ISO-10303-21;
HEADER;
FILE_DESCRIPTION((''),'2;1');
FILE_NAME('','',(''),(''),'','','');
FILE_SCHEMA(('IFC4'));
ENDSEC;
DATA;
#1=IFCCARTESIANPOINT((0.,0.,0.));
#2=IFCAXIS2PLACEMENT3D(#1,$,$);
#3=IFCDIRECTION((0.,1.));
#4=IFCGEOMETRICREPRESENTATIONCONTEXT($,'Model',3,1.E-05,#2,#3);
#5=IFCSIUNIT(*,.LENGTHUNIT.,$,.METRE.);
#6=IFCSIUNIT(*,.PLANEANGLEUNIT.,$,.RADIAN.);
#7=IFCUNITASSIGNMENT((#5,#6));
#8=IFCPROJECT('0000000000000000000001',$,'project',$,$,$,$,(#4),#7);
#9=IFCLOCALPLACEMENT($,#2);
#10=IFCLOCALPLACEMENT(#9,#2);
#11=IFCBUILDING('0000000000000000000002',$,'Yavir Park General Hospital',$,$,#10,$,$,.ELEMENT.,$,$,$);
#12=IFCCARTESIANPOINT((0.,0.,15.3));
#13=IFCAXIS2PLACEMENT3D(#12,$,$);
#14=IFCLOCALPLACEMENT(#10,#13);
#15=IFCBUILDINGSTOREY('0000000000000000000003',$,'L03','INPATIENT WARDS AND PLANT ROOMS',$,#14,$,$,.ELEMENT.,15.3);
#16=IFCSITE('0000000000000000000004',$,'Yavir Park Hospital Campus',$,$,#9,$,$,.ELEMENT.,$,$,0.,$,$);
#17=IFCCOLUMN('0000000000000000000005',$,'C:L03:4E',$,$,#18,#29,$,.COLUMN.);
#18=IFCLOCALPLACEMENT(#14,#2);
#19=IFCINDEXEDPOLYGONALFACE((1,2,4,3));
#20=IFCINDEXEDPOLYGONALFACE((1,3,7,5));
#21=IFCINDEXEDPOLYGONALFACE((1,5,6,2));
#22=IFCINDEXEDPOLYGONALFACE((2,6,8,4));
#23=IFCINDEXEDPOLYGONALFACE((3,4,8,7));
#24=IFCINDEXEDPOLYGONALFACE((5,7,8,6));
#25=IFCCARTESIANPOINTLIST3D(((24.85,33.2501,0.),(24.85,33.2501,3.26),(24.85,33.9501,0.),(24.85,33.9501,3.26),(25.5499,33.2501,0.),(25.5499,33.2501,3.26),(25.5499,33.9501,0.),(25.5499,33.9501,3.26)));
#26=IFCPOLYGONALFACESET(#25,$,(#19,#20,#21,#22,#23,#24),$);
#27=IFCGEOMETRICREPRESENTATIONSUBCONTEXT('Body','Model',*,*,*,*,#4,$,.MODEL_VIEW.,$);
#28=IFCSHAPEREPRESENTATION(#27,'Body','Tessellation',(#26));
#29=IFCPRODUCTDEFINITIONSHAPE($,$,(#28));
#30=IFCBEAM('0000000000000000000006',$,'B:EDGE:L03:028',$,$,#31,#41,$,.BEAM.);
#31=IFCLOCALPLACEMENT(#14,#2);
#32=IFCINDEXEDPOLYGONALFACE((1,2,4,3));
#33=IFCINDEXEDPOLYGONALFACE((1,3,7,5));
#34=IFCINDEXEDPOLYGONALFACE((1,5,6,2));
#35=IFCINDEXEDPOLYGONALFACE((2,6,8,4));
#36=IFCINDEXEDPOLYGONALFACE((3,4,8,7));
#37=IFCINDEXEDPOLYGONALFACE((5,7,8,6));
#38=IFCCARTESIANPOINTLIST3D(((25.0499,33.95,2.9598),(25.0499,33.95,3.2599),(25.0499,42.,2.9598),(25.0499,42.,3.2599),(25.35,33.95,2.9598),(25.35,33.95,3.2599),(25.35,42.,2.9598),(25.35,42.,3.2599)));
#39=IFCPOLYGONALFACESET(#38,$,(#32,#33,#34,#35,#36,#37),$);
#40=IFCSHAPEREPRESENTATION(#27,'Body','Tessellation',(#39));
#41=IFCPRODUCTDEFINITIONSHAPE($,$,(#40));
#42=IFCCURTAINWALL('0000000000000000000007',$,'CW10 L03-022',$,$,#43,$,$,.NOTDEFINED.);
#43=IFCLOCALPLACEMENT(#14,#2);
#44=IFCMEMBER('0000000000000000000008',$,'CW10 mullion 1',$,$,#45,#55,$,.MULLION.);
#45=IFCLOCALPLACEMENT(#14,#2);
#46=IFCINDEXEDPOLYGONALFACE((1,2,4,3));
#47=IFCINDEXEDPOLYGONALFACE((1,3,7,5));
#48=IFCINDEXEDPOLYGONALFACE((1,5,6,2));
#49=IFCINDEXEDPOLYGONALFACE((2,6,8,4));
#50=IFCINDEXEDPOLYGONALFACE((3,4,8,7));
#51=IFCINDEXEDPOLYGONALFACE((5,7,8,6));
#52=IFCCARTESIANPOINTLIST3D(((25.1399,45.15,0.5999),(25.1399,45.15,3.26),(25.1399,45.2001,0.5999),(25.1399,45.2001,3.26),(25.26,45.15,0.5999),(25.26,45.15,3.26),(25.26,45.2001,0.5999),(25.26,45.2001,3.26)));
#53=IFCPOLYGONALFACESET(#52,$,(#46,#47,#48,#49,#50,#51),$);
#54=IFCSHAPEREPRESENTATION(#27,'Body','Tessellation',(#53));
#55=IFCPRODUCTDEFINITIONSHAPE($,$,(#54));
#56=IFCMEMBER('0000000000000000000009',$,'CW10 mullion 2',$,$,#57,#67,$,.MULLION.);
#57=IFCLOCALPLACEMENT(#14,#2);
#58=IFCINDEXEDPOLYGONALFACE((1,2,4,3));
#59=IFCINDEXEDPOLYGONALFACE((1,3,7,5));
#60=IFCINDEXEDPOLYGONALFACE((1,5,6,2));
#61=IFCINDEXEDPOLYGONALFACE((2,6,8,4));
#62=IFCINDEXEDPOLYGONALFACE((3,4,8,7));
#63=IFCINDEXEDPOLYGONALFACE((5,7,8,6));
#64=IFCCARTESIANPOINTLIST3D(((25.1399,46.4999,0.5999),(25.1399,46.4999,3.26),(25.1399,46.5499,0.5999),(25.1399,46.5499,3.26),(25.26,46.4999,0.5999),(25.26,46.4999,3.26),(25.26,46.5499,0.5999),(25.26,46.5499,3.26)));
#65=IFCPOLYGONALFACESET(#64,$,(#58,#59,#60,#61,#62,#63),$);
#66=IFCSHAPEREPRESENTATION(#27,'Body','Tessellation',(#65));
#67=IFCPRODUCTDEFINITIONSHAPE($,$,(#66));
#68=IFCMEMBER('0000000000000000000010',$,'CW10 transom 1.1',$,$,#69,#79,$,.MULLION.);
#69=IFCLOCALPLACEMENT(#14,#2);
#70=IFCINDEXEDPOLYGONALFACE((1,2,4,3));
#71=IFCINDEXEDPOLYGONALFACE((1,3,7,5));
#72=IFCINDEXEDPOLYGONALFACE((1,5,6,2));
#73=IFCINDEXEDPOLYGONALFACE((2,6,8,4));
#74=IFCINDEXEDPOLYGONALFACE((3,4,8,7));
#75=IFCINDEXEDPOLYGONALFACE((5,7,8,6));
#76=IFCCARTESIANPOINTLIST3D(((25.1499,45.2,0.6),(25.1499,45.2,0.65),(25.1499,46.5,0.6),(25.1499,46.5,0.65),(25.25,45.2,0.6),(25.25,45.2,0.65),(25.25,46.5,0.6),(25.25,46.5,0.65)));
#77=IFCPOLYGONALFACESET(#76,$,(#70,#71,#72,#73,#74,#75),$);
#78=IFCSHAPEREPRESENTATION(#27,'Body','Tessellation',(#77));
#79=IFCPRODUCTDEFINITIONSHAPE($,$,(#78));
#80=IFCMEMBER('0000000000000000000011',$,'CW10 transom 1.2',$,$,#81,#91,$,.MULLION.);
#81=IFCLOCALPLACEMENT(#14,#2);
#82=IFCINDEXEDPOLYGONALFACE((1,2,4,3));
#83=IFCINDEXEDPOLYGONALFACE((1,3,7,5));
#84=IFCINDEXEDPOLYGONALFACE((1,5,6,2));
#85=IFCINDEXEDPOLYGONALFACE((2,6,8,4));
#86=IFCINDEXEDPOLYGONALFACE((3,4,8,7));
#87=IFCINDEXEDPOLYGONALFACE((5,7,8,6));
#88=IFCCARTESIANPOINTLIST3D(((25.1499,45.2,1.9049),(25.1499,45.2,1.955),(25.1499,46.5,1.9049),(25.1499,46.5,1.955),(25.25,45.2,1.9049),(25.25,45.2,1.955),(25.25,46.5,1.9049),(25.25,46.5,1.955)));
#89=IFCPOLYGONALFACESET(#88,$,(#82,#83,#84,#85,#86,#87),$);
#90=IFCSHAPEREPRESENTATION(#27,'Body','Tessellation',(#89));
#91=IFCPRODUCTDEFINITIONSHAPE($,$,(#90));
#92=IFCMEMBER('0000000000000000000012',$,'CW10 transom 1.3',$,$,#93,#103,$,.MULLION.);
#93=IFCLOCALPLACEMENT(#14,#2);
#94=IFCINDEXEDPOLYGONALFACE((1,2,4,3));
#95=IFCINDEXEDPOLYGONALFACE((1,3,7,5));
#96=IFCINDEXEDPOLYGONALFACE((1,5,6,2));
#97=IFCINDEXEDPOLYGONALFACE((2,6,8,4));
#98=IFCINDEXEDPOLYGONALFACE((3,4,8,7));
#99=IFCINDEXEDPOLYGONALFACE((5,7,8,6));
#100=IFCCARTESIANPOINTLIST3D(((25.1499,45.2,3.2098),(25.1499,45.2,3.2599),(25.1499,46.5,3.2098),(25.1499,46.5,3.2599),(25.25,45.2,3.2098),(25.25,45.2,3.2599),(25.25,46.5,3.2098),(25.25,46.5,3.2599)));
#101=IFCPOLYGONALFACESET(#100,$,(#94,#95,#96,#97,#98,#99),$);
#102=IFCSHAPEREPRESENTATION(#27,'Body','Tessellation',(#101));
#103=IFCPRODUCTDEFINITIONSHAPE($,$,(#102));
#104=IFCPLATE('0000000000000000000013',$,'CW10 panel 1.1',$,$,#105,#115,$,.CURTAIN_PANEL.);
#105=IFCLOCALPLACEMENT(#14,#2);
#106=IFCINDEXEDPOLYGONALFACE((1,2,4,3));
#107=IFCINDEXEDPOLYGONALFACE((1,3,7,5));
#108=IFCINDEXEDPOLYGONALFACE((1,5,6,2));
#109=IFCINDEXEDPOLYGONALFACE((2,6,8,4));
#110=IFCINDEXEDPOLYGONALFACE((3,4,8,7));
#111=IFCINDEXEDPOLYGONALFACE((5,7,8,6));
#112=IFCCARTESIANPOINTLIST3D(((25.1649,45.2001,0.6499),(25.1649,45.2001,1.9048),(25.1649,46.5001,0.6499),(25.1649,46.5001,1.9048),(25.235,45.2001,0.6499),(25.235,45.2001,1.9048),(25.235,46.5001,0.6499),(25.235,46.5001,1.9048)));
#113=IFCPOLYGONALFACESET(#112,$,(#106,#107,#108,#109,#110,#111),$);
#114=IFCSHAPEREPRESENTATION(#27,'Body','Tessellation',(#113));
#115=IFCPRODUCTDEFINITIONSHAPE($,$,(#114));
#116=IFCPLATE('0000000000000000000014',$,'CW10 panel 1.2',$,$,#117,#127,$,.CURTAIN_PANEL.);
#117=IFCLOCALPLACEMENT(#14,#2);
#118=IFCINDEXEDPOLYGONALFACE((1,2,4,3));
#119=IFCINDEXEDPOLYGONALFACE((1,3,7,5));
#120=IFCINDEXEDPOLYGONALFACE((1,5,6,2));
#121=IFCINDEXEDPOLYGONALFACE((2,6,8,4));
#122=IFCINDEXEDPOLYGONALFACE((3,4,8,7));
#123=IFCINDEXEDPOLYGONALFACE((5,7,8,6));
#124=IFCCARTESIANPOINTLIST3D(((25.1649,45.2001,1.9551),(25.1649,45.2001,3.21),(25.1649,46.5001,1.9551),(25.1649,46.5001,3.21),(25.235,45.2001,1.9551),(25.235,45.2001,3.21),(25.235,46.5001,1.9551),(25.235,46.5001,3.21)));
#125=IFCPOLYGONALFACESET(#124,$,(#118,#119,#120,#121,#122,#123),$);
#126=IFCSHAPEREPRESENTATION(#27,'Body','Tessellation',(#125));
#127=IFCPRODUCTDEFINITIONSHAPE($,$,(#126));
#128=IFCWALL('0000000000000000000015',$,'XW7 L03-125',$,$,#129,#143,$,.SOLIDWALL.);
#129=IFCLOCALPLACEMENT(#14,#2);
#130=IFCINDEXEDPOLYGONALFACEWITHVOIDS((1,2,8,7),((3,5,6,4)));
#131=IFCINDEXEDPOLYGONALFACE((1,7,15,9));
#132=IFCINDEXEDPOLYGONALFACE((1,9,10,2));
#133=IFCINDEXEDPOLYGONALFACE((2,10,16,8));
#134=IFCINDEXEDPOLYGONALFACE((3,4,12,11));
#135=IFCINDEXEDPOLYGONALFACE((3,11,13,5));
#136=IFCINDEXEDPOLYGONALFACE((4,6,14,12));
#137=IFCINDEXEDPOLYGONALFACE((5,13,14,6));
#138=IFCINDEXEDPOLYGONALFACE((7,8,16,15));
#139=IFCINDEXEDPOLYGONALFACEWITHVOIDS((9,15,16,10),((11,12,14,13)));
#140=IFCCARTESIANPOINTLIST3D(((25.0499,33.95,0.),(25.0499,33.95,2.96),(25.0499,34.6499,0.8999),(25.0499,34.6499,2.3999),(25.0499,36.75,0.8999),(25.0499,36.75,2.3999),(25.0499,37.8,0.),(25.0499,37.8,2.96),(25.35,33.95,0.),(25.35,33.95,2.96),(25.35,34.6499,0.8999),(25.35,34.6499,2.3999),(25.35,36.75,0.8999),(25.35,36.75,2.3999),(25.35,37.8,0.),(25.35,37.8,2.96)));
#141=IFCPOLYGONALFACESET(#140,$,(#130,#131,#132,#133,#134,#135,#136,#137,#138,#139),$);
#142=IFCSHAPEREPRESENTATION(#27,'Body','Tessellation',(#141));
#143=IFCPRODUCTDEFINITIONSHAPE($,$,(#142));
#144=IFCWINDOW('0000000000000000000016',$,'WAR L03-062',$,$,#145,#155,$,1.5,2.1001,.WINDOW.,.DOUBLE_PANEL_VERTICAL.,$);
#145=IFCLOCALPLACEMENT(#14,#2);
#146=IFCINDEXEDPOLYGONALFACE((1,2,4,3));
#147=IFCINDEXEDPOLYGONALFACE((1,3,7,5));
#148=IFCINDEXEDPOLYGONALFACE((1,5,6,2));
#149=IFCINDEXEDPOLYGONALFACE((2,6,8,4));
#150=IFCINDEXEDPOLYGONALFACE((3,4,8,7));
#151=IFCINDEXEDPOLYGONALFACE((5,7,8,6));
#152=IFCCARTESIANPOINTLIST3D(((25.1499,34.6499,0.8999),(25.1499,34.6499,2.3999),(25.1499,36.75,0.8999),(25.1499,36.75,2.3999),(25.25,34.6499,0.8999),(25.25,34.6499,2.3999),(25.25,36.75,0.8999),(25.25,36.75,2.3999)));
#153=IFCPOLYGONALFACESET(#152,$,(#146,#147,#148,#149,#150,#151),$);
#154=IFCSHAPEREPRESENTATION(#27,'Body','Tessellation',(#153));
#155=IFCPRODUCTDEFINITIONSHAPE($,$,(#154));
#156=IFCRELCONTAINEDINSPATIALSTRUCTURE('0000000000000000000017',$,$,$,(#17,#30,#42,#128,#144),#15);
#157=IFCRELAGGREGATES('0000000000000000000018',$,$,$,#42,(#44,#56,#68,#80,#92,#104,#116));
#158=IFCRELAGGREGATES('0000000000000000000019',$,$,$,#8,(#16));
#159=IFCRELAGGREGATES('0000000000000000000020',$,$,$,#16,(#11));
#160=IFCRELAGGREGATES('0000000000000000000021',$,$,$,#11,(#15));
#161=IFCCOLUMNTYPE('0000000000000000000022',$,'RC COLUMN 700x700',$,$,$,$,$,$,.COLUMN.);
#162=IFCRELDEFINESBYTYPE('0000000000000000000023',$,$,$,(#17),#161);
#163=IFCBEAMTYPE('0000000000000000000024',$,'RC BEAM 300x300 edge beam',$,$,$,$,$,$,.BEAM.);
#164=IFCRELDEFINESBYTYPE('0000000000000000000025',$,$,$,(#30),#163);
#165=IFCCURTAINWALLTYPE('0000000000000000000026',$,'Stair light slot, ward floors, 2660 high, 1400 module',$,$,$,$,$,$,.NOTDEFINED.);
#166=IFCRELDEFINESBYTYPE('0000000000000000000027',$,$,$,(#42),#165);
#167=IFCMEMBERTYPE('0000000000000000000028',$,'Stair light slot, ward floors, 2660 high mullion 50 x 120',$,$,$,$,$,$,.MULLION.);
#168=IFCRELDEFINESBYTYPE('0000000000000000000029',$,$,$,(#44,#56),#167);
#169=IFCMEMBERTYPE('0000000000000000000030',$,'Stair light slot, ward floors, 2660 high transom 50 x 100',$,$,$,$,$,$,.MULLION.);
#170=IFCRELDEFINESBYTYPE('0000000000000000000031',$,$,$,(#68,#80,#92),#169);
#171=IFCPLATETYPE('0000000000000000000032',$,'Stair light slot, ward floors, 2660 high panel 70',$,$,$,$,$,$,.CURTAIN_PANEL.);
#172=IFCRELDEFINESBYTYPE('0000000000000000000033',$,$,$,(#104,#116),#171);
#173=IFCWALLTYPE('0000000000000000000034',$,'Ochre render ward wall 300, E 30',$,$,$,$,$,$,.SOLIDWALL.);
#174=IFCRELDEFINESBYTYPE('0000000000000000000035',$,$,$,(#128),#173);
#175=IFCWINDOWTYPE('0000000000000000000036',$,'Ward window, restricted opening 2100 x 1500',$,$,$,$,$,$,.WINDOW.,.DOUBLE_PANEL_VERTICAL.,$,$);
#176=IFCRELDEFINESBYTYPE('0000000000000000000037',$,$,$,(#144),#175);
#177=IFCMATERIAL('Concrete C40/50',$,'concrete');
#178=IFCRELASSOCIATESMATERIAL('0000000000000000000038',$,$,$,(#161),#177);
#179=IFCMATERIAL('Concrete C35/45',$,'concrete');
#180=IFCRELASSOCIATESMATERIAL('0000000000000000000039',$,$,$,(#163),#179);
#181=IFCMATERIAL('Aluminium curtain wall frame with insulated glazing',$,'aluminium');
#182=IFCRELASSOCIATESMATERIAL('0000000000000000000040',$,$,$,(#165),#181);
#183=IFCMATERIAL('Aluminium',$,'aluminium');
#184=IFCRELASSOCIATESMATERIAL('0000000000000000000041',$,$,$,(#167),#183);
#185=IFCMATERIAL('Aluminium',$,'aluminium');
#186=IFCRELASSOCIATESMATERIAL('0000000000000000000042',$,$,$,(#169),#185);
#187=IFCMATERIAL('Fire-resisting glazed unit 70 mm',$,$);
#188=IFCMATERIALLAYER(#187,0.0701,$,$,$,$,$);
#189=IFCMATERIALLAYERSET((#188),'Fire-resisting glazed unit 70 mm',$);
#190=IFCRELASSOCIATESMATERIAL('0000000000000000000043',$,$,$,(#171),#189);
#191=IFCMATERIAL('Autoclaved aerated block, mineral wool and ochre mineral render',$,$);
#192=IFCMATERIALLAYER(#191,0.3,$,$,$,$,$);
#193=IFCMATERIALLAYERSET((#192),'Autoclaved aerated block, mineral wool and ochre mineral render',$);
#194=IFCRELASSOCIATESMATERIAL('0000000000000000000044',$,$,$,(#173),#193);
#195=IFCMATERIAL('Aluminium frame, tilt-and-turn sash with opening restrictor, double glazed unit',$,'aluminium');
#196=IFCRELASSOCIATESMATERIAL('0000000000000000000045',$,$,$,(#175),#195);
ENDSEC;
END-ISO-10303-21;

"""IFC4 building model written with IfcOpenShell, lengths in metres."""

from ifc_helpers import new_model, si_unit, direction, frame, frame_2d, origin, origin_2d, place, context, subcontext, project, spatial, rectangle, extrude, material, layer, layer_set, material_profile, profile_set, type_object, element, fill, aggregate, save


model = new_model("IFC4")

# Units and contexts
model_context = context("Model", 3, precision=1e-05, world=origin(), true_north=direction((0.0, 1.0)))
body_context = subcontext(model_context, "Body", "Model", "MODEL_VIEW")
ifc_project = project(units=[si_unit("LENGTHUNIT", "METRE"), si_unit("PLANEANGLEUNIT", "RADIAN")], contexts=[model_context])

# Site, building, storey
site_placement = place(None, origin())
site = spatial("IfcSite", under=ifc_project, at=site_placement, Name="Yavir Park Hospital Campus", CompositionType="ELEMENT", RefElevation=0.0)
building_placement = place(site_placement, origin())
building = spatial("IfcBuilding", under=site, at=building_placement, Name="Yavir Park General Hospital", CompositionType="ELEMENT")
storey_placement = place(building_placement, frame((0.0, 0.0, 15.3)))
storey = spatial("IfcBuildingStorey", under=building, at=storey_placement, Name="L03", Description="INPATIENT WARDS AND PLANT ROOMS", CompositionType="ELEMENT", Elevation=15.3)

# Column
ifc_material_1 = material(Name="Concrete C40/50", Category="concrete")
ifc_material_profile_1 = material_profile(ifc_material_1, rectangle(XDim=0.7, YDim=0.7, at=origin_2d()), Name="RC700x700")
ifc_profile_set_1 = profile_set([ifc_material_profile_1], Name="Concrete C40/50")
column_type = type_object("IfcColumnType", Name="RC COLUMN 700x700", PredefinedType="COLUMN", material=ifc_profile_set_1)
column_placement = place(storey_placement, frame((25.2, 33.6001, 0.0), z_axis=(0.0, 0.0, 1.0), x_axis=(1.0, 0.0, 0.0)))
element("IfcColumn", 1, at=column_placement, inside=storey, type_object=column_type, Name="C:L03:4E", PredefinedType="COLUMN", context=body_context, shape_type="SweptSolid", body=[
    extrude(rectangle(XDim=0.7, YDim=0.7, at=origin_2d()), origin(), (0.0, 0.0, 1.0), 3.26),
])

# Beam
ifc_material_2 = material(Name="Concrete C35/45", Category="concrete")
ifc_material_profile_2 = material_profile(ifc_material_2, rectangle(XDim=0.3, YDim=0.3, at=origin_2d()), Name="RC300x300")
ifc_profile_set_2 = profile_set([ifc_material_profile_2], Name="Concrete C35/45")
beam_type = type_object("IfcBeamType", Name="RC BEAM 300x300 edge beam", PredefinedType="BEAM", material=ifc_profile_set_2)
beam_placement = place(storey_placement, frame((25.2, 33.95, 3.1099), z_axis=(0.0, 1.0, 0.0), x_axis=(-1.0, 0.0, 0.0)))
element("IfcBeam", 2, at=beam_placement, inside=storey, type_object=beam_type, Name="B:EDGE:L03:028", PredefinedType="BEAM", context=body_context, shape_type="SweptSolid", body=[
    extrude(rectangle(XDim=0.3, YDim=0.3, at=origin_2d()), origin(), (0.0, 0.0, 1.0), 8.05),
])

# Curtain wall, members, plates
ifc_material_3 = material(Name="Aluminium curtain wall frame with insulated glazing", Category="aluminium")
curtain_wall_type = type_object("IfcCurtainWallType", Name="Stair light slot, ward floors, 2660 high, 1400 module", PredefinedType="NOTDEFINED", material=ifc_material_3)
curtain_wall_placement = place(storey_placement, origin())
curtain_wall = element("IfcCurtainWall", 3, at=curtain_wall_placement, inside=storey, type_object=curtain_wall_type, Name="CW10 L03-022", PredefinedType="NOTDEFINED")
ifc_material_4 = material(Name="Aluminium", Category="aluminium")
ifc_material_profile_3 = material_profile(ifc_material_4, rectangle(XDim=0.1201, YDim=0.05, at=origin_2d()), Name="AL 50x120")
ifc_profile_set_3 = profile_set([ifc_material_profile_3], Name="Aluminium")
member_type_1 = type_object("IfcMemberType", Name="Stair light slot, ward floors, 2660 high mullion 50 x 120", PredefinedType="MULLION", material=ifc_profile_set_3)
member_1_placement = place(storey_placement, frame((25.2, 45.175, 0.5999), z_axis=(0.0, 0.0, 1.0), x_axis=(-1.0, 0.0, 0.0)))
member_1 = element("IfcMember", 4, at=member_1_placement, type_object=member_type_1, Name="CW10 mullion 1", PredefinedType="MULLION", context=body_context, shape_type="SweptSolid", body=[
    extrude(rectangle(XDim=0.1201, YDim=0.05, at=origin_2d()), origin(), (0.0, 0.0, 1.0), 2.6602),
])
member_2_placement = place(storey_placement, frame((25.2, 46.5249, 0.5999), z_axis=(0.0, 0.0, 1.0), x_axis=(-1.0, 0.0, 0.0)))
member_2 = element("IfcMember", 5, at=member_2_placement, type_object=member_type_1, Name="CW10 mullion 2", PredefinedType="MULLION", context=body_context, shape_type="SweptSolid", body=[
    extrude(rectangle(XDim=0.1201, YDim=0.05, at=origin_2d()), origin(), (0.0, 0.0, 1.0), 2.6602),
])
ifc_material_5 = material(Name="Aluminium", Category="aluminium")
ifc_material_profile_4 = material_profile(ifc_material_5, rectangle(XDim=0.1001, YDim=0.05, at=origin_2d()), Name="AL 100x50")
ifc_profile_set_4 = profile_set([ifc_material_profile_4], Name="Aluminium")
member_type_2 = type_object("IfcMemberType", Name="Stair light slot, ward floors, 2660 high transom 50 x 100", PredefinedType="MULLION", material=ifc_profile_set_4)
member_3_placement = place(storey_placement, frame((25.2, 45.2, 0.625), z_axis=(0.0, 1.0, 0.0), x_axis=(-1.0, 0.0, 0.0)))
member_3 = element("IfcMember", 6, at=member_3_placement, type_object=member_type_2, Name="CW10 transom 1.1", PredefinedType="MULLION", context=body_context, shape_type="SweptSolid", body=[
    extrude(rectangle(XDim=0.1001, YDim=0.05, at=origin_2d()), origin(), (0.0, 0.0, 1.0), 1.3),
])
member_4_placement = place(storey_placement, frame((25.2, 45.2, 1.9299), z_axis=(0.0, 1.0, 0.0), x_axis=(-1.0, 0.0, 0.0)))
member_4 = element("IfcMember", 7, at=member_4_placement, type_object=member_type_2, Name="CW10 transom 1.2", PredefinedType="MULLION", context=body_context, shape_type="SweptSolid", body=[
    extrude(rectangle(XDim=0.1001, YDim=0.05, at=origin_2d()), origin(), (0.0, 0.0, 1.0), 1.3),
])
member_5_placement = place(storey_placement, frame((25.2, 45.2, 3.2349), z_axis=(0.0, 1.0, 0.0), x_axis=(-1.0, 0.0, 0.0)))
member_5 = element("IfcMember", 8, at=member_5_placement, type_object=member_type_2, Name="CW10 transom 1.3", PredefinedType="MULLION", context=body_context, shape_type="SweptSolid", body=[
    extrude(rectangle(XDim=0.1001, YDim=0.05, at=origin_2d()), origin(), (0.0, 0.0, 1.0), 1.3),
])
ifc_material_6 = material(Name="Fire-resisting glazed unit 70 mm")
ifc_layer_1 = layer(ifc_material_6, 0.0701)
ifc_layer_set_1 = layer_set([ifc_layer_1], Name="Fire-resisting glazed unit 70 mm")
plate_type = type_object("IfcPlateType", Name="Stair light slot, ward floors, 2660 high panel 70", PredefinedType="CURTAIN_PANEL", material=ifc_layer_set_1)
plate_1_placement = place(storey_placement, frame((25.2, 45.8501, 0.6499), z_axis=(0.0, 0.0, 1.0), x_axis=(0.0, 1.0, 0.0)))
plate_1 = element("IfcPlate", 9, at=plate_1_placement, type_object=plate_type, Name="CW10 panel 1.1", PredefinedType="CURTAIN_PANEL", context=body_context, shape_type="SweptSolid", body=[
    extrude(rectangle(XDim=1.3, YDim=0.0701, at=origin_2d()), origin(), (0.0, 0.0, 1.0), 1.2549),
])
plate_2_placement = place(storey_placement, frame((25.2, 45.8501, 1.9551), z_axis=(0.0, 0.0, 1.0), x_axis=(0.0, 1.0, 0.0)))
plate_2 = element("IfcPlate", 10, at=plate_2_placement, type_object=plate_type, Name="CW10 panel 1.2", PredefinedType="CURTAIN_PANEL", context=body_context, shape_type="SweptSolid", body=[
    extrude(rectangle(XDim=1.3, YDim=0.0701, at=origin_2d()), origin(), (0.0, 0.0, 1.0), 1.2549),
])
aggregate(curtain_wall, [member_1, member_2, member_3, member_4, member_5, plate_1, plate_2])

# Wall, opening, window
ifc_material_7 = material(Name="Autoclaved aerated block, mineral wool and ochre mineral render")
ifc_layer_2 = layer(ifc_material_7, 0.3)
ifc_layer_set_2 = layer_set([ifc_layer_2], Name="Autoclaved aerated block, mineral wool and ochre mineral render")
wall_type_1 = type_object("IfcWallType", Name="Ochre render ward wall 300, E 30", PredefinedType="SOLIDWALL", material=ifc_layer_set_2)
wall_1_placement = place(storey_placement, frame((25.2, 33.95, 0.0), z_axis=(0.0, 0.0, 1.0), x_axis=(0.0, 1.0, 0.0)))
wall_1 = element("IfcWall", 11, at=wall_1_placement, inside=storey, type_object=wall_type_1, Name="XW7 L03-125", PredefinedType="SOLIDWALL", context=body_context, shape_type="SweptSolid", body=[
    extrude(rectangle(XDim=3.8501, YDim=0.3, at=frame_2d((1.925, 0.0))), origin(), (0.0, 0.0, 1.0), 2.96),
])
opening_1_placement = place(wall_1_placement, frame((0.7, 0.0, 0.8999)))
opening_1 = element("IfcOpeningElement", 12, at=opening_1_placement, cuts=wall_1, PredefinedType="OPENING", context=body_context, shape_type="SweptSolid", body=[
    extrude(rectangle(XDim=2.1001, YDim=1.5, at=frame_2d((1.05, 0.75))), frame((0.0, 0.1599, 0.0), z_axis=(0.0, -1.0, 0.0), x_axis=(1.0, 0.0, 0.0)), (0.0, 0.0, 1.0), 0.3201),
])
ifc_material_8 = material(Name="Aluminium frame, tilt-and-turn sash with opening restrictor, double glazed unit", Category="aluminium")
window_type = type_object("IfcWindowType", Name="Ward window, restricted opening 2100 x 1500", PartitioningType="DOUBLE_PANEL_VERTICAL", PredefinedType="WINDOW", material=ifc_material_8)
window_1_placement = place(opening_1_placement, origin())
window_1 = element("IfcWindow", 13, at=window_1_placement, inside=storey, type_object=window_type, Name="WAR L03-062", OverallHeight=1.5, OverallWidth=2.1001, PartitioningType="DOUBLE_PANEL_VERTICAL", PredefinedType="WINDOW", context=body_context, shape_type="SweptSolid", body=[
    extrude(rectangle(XDim=2.1001, YDim=1.5, at=frame_2d((1.05, 0.75))), frame((0.0, 0.05, 0.0), z_axis=(0.0, -1.0, 0.0), x_axis=(1.0, 0.0, 0.0)), (0.0, 0.0, 1.0), 0.1001),
])
fill(opening_1, window_1)

save(model, "model.ifc")
